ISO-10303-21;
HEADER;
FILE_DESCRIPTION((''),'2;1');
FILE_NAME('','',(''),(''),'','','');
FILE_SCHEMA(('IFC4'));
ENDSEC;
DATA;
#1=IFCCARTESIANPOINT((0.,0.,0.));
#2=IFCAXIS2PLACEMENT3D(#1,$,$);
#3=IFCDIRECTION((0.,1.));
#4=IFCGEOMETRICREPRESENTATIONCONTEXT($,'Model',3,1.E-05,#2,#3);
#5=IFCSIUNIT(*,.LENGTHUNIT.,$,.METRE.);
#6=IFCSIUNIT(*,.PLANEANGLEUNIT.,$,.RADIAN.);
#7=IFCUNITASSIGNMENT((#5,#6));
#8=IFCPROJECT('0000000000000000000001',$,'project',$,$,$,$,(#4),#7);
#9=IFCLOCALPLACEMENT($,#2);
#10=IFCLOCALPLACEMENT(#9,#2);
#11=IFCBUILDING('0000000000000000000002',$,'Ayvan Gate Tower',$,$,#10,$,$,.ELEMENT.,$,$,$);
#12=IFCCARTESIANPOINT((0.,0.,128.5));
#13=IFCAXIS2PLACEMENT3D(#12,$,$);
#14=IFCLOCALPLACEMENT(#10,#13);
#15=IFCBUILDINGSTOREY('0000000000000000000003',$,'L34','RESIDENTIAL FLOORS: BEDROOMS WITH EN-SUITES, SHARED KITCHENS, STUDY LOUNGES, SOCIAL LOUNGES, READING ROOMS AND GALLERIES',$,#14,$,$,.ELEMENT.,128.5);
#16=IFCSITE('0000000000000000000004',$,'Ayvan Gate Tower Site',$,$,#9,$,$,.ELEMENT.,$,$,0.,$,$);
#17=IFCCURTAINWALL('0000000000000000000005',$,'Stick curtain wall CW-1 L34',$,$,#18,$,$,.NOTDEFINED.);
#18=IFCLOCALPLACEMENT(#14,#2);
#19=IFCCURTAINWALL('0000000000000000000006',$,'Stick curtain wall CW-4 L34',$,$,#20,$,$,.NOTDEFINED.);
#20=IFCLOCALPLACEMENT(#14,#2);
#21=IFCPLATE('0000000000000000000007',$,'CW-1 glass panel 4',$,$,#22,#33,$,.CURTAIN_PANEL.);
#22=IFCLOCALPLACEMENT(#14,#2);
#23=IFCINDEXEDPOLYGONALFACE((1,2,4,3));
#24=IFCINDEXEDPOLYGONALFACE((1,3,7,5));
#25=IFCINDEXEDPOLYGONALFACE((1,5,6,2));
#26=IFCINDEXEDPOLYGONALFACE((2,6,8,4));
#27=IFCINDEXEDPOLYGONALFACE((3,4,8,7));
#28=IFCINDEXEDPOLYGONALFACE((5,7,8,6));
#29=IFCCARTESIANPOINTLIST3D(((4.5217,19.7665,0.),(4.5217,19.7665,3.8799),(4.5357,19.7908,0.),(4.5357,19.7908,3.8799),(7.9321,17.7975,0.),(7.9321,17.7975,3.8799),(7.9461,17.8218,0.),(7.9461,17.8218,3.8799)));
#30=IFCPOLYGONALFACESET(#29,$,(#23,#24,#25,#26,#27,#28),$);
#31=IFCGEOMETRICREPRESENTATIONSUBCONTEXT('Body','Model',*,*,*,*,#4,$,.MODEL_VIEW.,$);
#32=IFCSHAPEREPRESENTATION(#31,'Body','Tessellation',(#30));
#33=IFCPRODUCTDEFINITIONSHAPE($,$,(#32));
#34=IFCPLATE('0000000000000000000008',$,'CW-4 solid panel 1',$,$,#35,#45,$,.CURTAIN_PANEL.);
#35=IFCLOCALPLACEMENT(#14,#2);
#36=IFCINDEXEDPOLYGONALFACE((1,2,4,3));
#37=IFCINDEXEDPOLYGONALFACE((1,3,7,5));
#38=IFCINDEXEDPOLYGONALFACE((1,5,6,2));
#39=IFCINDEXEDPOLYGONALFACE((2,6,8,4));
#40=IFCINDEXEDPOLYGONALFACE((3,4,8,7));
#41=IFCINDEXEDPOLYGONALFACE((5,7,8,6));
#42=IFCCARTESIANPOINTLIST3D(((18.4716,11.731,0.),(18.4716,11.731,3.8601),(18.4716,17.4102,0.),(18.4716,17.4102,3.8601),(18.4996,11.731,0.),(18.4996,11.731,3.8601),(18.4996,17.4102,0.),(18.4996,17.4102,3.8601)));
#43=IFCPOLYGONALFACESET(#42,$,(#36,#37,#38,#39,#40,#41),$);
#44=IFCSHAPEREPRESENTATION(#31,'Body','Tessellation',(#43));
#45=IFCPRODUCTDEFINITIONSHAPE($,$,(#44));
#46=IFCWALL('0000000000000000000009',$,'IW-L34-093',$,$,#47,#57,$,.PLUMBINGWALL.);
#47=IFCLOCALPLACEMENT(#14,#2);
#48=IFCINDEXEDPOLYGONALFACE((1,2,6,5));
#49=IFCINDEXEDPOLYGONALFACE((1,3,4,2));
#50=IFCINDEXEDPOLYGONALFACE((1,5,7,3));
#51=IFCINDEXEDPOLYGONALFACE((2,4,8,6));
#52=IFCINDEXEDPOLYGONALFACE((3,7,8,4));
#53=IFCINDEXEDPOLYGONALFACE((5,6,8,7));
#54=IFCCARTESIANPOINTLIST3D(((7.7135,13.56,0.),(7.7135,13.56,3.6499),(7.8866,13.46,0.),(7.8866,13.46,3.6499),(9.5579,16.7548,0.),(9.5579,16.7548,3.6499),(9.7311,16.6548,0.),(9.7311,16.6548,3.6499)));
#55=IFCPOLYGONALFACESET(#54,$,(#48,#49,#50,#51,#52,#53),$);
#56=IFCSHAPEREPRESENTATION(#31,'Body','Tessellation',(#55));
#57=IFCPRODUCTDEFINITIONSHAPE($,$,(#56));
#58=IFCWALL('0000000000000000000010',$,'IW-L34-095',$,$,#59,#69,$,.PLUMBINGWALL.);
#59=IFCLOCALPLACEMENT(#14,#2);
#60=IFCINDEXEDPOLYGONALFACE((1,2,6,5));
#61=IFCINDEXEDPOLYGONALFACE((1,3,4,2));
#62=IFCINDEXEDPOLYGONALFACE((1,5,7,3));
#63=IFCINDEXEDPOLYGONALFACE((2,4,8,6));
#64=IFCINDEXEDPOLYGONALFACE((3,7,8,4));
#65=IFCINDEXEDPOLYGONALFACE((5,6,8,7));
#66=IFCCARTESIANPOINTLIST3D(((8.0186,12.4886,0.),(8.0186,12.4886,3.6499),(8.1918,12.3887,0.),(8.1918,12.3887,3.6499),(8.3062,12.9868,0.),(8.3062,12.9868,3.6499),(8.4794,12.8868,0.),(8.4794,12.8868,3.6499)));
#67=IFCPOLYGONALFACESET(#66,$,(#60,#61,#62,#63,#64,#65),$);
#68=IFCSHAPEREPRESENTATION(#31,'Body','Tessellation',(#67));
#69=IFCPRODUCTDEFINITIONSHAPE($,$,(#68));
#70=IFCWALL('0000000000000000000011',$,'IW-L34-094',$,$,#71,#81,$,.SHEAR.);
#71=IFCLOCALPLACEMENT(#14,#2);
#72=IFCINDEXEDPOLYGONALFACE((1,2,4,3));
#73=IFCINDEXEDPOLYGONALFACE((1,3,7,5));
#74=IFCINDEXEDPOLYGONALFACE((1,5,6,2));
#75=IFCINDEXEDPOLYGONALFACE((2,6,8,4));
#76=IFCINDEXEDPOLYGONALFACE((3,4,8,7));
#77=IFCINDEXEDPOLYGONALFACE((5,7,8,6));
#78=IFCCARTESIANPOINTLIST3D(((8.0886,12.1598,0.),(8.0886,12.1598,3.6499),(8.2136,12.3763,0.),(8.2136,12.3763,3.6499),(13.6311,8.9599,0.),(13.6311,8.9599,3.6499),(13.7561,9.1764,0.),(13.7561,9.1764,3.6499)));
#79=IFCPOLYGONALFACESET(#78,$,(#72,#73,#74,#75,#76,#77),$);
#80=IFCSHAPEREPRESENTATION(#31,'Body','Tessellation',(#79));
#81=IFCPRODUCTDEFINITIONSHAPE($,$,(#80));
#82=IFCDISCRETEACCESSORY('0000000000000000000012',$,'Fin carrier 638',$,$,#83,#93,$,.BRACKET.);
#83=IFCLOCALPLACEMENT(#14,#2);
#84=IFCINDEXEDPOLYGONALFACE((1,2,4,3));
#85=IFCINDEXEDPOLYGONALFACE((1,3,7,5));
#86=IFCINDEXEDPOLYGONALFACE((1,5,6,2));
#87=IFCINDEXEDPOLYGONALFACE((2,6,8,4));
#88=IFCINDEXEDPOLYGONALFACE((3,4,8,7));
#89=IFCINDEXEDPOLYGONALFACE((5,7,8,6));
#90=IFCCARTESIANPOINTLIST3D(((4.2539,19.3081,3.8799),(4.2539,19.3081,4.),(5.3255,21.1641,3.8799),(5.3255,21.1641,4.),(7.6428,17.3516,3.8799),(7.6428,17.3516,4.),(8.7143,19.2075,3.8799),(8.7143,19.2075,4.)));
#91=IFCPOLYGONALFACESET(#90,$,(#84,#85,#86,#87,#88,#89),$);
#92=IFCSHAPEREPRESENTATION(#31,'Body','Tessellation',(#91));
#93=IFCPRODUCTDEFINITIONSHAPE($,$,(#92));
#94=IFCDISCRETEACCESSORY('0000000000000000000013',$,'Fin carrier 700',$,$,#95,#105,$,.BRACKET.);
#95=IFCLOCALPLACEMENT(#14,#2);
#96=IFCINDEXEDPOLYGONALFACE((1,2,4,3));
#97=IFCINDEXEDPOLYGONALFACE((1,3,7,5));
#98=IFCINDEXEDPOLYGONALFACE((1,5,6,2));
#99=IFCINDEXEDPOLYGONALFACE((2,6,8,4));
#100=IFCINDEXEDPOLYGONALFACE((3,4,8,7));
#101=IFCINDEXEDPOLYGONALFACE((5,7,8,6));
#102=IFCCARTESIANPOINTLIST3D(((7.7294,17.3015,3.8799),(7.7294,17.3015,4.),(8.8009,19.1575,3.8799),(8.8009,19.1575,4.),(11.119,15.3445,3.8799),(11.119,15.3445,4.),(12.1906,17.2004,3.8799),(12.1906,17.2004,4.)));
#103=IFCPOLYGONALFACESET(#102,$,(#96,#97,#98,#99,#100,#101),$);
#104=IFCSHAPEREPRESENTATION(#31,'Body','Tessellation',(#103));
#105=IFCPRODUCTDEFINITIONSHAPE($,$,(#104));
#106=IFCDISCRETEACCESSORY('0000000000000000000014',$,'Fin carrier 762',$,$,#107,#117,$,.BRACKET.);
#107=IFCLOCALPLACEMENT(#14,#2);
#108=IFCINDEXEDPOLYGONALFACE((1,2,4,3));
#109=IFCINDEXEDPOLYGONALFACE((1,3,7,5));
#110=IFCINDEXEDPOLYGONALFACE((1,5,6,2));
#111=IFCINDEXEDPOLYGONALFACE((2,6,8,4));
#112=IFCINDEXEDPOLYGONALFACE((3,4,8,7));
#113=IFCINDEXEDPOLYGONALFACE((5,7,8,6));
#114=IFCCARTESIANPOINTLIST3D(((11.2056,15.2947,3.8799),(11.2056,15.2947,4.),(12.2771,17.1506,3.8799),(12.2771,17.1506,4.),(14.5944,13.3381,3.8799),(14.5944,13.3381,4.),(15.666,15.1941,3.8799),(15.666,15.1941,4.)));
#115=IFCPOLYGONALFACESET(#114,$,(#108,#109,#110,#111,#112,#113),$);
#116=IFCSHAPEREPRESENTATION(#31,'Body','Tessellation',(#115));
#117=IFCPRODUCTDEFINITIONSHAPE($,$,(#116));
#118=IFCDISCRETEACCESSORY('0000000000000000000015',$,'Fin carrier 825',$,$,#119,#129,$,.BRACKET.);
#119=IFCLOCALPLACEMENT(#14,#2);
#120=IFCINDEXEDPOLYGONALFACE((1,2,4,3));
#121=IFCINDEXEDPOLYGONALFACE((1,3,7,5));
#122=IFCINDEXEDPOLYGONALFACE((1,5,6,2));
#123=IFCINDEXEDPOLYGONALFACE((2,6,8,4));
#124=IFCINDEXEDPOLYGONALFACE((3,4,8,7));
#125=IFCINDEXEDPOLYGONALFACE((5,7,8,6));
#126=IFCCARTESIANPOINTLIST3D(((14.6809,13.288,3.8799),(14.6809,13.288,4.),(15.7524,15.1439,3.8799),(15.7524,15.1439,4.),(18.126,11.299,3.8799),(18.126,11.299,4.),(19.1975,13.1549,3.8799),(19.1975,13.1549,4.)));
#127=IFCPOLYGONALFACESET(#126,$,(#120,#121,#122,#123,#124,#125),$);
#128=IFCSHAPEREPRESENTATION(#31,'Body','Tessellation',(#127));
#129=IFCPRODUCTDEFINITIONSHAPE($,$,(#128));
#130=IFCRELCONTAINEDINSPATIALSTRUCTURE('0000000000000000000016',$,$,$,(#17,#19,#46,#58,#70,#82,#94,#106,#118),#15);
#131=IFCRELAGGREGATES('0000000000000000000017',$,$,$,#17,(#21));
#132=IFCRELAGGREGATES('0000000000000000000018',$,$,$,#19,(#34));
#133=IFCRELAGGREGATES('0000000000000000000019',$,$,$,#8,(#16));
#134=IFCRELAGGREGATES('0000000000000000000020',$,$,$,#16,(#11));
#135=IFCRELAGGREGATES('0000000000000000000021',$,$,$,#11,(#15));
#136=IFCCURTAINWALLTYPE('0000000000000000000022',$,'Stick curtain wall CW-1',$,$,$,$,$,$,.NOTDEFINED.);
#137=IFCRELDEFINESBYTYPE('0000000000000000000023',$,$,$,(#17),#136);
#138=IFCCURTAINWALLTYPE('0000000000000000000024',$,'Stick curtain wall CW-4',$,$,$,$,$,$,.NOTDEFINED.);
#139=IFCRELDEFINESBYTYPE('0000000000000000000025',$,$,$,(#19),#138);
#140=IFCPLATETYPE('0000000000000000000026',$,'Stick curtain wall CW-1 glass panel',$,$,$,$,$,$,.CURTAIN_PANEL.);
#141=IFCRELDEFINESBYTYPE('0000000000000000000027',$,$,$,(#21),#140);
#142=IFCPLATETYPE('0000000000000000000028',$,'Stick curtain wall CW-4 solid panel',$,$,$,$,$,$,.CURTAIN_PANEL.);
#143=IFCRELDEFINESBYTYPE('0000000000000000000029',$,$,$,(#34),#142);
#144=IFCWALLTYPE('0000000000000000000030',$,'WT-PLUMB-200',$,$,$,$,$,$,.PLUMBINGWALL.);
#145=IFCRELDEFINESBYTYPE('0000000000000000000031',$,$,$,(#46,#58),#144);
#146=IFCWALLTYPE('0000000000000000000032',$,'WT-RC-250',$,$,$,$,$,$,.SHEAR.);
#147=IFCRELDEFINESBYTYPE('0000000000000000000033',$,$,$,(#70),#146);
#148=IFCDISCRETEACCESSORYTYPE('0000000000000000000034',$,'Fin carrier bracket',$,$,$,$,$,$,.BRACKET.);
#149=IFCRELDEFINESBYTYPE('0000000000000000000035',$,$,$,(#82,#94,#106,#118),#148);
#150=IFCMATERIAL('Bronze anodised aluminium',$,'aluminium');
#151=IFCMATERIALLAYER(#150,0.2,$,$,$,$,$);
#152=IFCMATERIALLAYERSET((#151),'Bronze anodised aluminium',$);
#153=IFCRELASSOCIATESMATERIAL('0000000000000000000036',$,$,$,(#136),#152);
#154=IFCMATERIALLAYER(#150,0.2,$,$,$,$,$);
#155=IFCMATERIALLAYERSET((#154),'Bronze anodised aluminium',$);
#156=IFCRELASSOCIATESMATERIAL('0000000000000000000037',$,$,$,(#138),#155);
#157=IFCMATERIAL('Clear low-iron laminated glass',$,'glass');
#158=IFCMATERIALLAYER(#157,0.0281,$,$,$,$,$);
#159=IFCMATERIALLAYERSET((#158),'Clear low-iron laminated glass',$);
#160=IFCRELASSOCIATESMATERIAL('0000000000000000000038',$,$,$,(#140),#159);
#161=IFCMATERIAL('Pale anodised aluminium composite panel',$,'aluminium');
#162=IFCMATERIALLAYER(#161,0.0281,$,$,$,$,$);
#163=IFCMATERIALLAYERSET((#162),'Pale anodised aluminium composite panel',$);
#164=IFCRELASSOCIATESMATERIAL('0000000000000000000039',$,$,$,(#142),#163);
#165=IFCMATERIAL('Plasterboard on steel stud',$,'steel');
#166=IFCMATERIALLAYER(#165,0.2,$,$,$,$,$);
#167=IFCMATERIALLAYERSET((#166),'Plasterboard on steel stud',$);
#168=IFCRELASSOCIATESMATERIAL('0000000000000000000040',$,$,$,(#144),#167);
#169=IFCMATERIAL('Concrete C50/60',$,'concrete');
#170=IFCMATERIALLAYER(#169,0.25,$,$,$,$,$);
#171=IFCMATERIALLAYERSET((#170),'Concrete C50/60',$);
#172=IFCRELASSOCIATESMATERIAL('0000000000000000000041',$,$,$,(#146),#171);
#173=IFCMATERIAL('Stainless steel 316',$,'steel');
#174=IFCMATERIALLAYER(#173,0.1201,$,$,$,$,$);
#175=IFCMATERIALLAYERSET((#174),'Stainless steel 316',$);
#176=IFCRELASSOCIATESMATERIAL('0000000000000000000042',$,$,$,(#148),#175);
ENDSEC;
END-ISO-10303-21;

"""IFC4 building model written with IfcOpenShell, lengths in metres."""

from ifc_helpers import new_model, si_unit, direction, frame, frame_2d, origin, origin_2d, place, context, subcontext, project, spatial, rectangle, extrude, material, layer, layer_set, type_object, element, aggregate, save


model = new_model("IFC4")

# Units and contexts
model_context = context("Model", 3, precision=1e-05, world=origin(), true_north=direction((0.0, 1.0)))
body_context = subcontext(model_context, "Body", "Model", "MODEL_VIEW")
ifc_project = project(units=[si_unit("LENGTHUNIT", "METRE"), si_unit("PLANEANGLEUNIT", "RADIAN")], contexts=[model_context])

# Site, building, storey
site_placement = place(None, origin())
site = spatial("IfcSite", under=ifc_project, at=site_placement, Name="Ayvan Gate Tower Site", CompositionType="ELEMENT", RefElevation=0.0)
building_placement = place(site_placement, origin())
building = spatial("IfcBuilding", under=site, at=building_placement, Name="Ayvan Gate Tower", CompositionType="ELEMENT")
storey_placement = place(building_placement, frame((0.0, 0.0, 128.5)))
storey = spatial("IfcBuildingStorey", under=building, at=storey_placement, Name="L34", Description="RESIDENTIAL FLOORS: BEDROOMS WITH EN-SUITES, SHARED KITCHENS, STUDY LOUNGES, SOCIAL LOUNGES, READING ROOMS AND GALLERIES", CompositionType="ELEMENT", Elevation=128.5)

# Curtain wall
ifc_material_1 = material(Name="Bronze anodised aluminium", Category="aluminium")
ifc_layer_1 = layer(ifc_material_1, 0.2)
ifc_layer_set_1 = layer_set([ifc_layer_1], Name="Bronze anodised aluminium")
curtain_wall_type_1 = type_object("IfcCurtainWallType", Name="Stick curtain wall CW-1", PredefinedType="NOTDEFINED", material=ifc_layer_set_1)
curtain_wall_1_placement = place(storey_placement, origin())
curtain_wall_1 = element("IfcCurtainWall", 1, at=curtain_wall_1_placement, inside=storey, type_object=curtain_wall_type_1, Name="Stick curtain wall CW-1 L34", PredefinedType="NOTDEFINED")

# Shared definitions
ifc_layer_2 = layer(ifc_material_1, 0.2)
ifc_layer_set_2 = layer_set([ifc_layer_2], Name="Bronze anodised aluminium")
curtain_wall_type_2 = type_object("IfcCurtainWallType", Name="Stick curtain wall CW-4", PredefinedType="NOTDEFINED", material=ifc_layer_set_2)

# Curtain wall
curtain_wall_2_placement = place(storey_placement, origin())
curtain_wall_2 = element("IfcCurtainWall", 2, at=curtain_wall_2_placement, inside=storey, type_object=curtain_wall_type_2, Name="Stick curtain wall CW-4 L34", PredefinedType="NOTDEFINED")

# Plates
ifc_material_2 = material(Name="Clear low-iron laminated glass", Category="glass")
ifc_layer_3 = layer(ifc_material_2, 0.0281)
ifc_layer_set_3 = layer_set([ifc_layer_3], Name="Clear low-iron laminated glass")
plate_type_1 = type_object("IfcPlateType", Name="Stick curtain wall CW-1 glass panel", PredefinedType="CURTAIN_PANEL", material=ifc_layer_set_3)
plate_1_placement = place(storey_placement, frame((6.2339, 18.7942, 0.0), z_axis=(0.0, 0.0, 1.0), x_axis=(-0.866025, 0.5, 0.0)))
plate_1 = element("IfcPlate", 3, at=plate_1_placement, type_object=plate_type_1, Name="CW-1 glass panel 4", PredefinedType="CURTAIN_PANEL", context=body_context, shape_type="SweptSolid", body=[
    extrude(rectangle(XDim=3.938, YDim=0.0281, at=origin_2d()), origin(), (0.0, 0.0, 1.0), 3.8799),
])
aggregate(curtain_wall_1, [plate_1])
ifc_material_3 = material(Name="Pale anodised aluminium composite panel", Category="aluminium")
ifc_layer_4 = layer(ifc_material_3, 0.0281)
ifc_layer_set_4 = layer_set([ifc_layer_4], Name="Pale anodised aluminium composite panel")
plate_type_2 = type_object("IfcPlateType", Name="Stick curtain wall CW-4 solid panel", PredefinedType="CURTAIN_PANEL", material=ifc_layer_set_4)
plate_2_placement = place(storey_placement, frame((18.4856, 14.5706, 0.0), z_axis=(0.0, 0.0, 1.0), x_axis=(0.0, -1.0, 0.0)))
plate_2 = element("IfcPlate", 4, at=plate_2_placement, type_object=plate_type_2, Name="CW-4 solid panel 1", PredefinedType="CURTAIN_PANEL", context=body_context, shape_type="SweptSolid", body=[
    extrude(rectangle(XDim=5.6792, YDim=0.0281, at=origin_2d()), origin(), (0.0, 0.0, 1.0), 3.8601),
])
aggregate(curtain_wall_2, [plate_2])

# Walls
ifc_material_4 = material(Name="Plasterboard on steel stud", Category="steel")
ifc_layer_5 = layer(ifc_material_4, 0.2)
ifc_layer_set_5 = layer_set([ifc_layer_5], Name="Plasterboard on steel stud")
wall_type_1 = type_object("IfcWallType", Name="WT-PLUMB-200", PredefinedType="PLUMBINGWALL", material=ifc_layer_set_5)
wall_1_placement = place(storey_placement, frame((7.8, 13.51, 0.0), z_axis=(0.0, 0.0, 1.0), x_axis=(0.49999, 0.866031, 0.0)))
element("IfcWall", 5, at=wall_1_placement, inside=storey, type_object=wall_type_1, Name="IW-L34-093", PredefinedType="PLUMBINGWALL", context=body_context, shape_type="SweptSolid", body=[
    extrude(rectangle(XDim=3.689, YDim=0.2, at=frame_2d((1.8445, 0.0))), origin(), (0.0, 0.0, 1.0), 3.6499),
])
wall_2_placement = place(storey_placement, frame((8.3928, 12.9368, 0.0), z_axis=(0.0, 0.0, 1.0), x_axis=(-0.500065, -0.865988, 0.0)))
element("IfcWall", 6, at=wall_2_placement, inside=storey, type_object=wall_type_1, Name="IW-L34-095", PredefinedType="PLUMBINGWALL", context=body_context, shape_type="SweptSolid", body=[
    extrude(rectangle(XDim=0.5752, YDim=0.2, at=frame_2d((0.2876, 0.0))), origin(), (0.0, 0.0, 1.0), 3.6499),
])
ifc_material_5 = material(Name="Concrete C50/60", Category="concrete")
ifc_layer_6 = layer(ifc_material_5, 0.25)
ifc_layer_set_6 = layer_set([ifc_layer_6], Name="Concrete C50/60")
wall_type_2 = type_object("IfcWallType", Name="WT-RC-250", PredefinedType="SHEAR", material=ifc_layer_set_6)
wall_3_placement = place(storey_placement, frame((8.1511, 12.2681, 0.0), z_axis=(0.0, 0.0, 1.0), x_axis=(0.866025, -0.5, 0.0)))
element("IfcWall", 7, at=wall_3_placement, inside=storey, type_object=wall_type_2, Name="IW-L34-094", PredefinedType="SHEAR", context=body_context, shape_type="SweptSolid", body=[
    extrude(rectangle(XDim=6.3999, YDim=0.25, at=frame_2d((3.2, 0.0))), origin(), (0.0, 0.0, 1.0), 3.6499),
])

# Discrete accessories
ifc_material_6 = material(Name="Stainless steel 316", Category="steel")
ifc_layer_7 = layer(ifc_material_6, 0.1201)
ifc_layer_set_7 = layer_set([ifc_layer_7], Name="Stainless steel 316")
discrete_accessory_type = type_object("IfcDiscreteAccessoryType", Name="Fin carrier bracket", PredefinedType="BRACKET", material=ifc_layer_set_7)
discrete_accessory_1_placement = place(storey_placement, frame((6.4841, 19.2578, 3.8799), z_axis=(0.0, 0.0, 1.0), x_axis=(-0.866025, 0.5, 0.0)))
element("IfcDiscreteAccessory", 8, at=discrete_accessory_1_placement, inside=storey, type_object=discrete_accessory_type, Name="Fin carrier 638", PredefinedType="BRACKET", context=body_context, shape_type="SweptSolid", body=[
    extrude(rectangle(XDim=3.9131, YDim=2.1431, at=origin_2d()), origin(), (0.0, 0.0, 1.0), 0.1201),
])
discrete_accessory_2_placement = place(storey_placement, frame((9.96, 17.251, 3.8799), z_axis=(0.0, 0.0, 1.0), x_axis=(-0.866025, 0.5, 0.0)))
element("IfcDiscreteAccessory", 9, at=discrete_accessory_2_placement, inside=storey, type_object=discrete_accessory_type, Name="Fin carrier 700", PredefinedType="BRACKET", context=body_context, shape_type="SweptSolid", body=[
    extrude(rectangle(XDim=3.9141, YDim=2.1431, at=origin_2d()), origin(), (0.0, 0.0, 1.0), 0.1201),
])
discrete_accessory_3_placement = place(storey_placement, frame((13.4358, 15.2444, 3.8799), z_axis=(0.0, 0.0, 1.0), x_axis=(-0.866025, 0.5, 0.0)))
element("IfcDiscreteAccessory", 10, at=discrete_accessory_3_placement, inside=storey, type_object=discrete_accessory_type, Name="Fin carrier 762", PredefinedType="BRACKET", context=body_context, shape_type="SweptSolid", body=[
    extrude(rectangle(XDim=3.9131, YDim=2.1431, at=origin_2d()), origin(), (0.0, 0.0, 1.0), 0.1201),
])
discrete_accessory_4_placement = place(storey_placement, frame((16.9392, 13.2214, 3.8799), z_axis=(0.0, 0.0, 1.0), x_axis=(-0.866025, 0.5, 0.0)))
element("IfcDiscreteAccessory", 11, at=discrete_accessory_4_placement, inside=storey, type_object=discrete_accessory_type, Name="Fin carrier 825", PredefinedType="BRACKET", context=body_context, shape_type="SweptSolid", body=[
    extrude(rectangle(XDim=3.978, YDim=2.1431, at=origin_2d()), origin(), (0.0, 0.0, 1.0), 0.1201),
])

save(model, "model.ifc")
